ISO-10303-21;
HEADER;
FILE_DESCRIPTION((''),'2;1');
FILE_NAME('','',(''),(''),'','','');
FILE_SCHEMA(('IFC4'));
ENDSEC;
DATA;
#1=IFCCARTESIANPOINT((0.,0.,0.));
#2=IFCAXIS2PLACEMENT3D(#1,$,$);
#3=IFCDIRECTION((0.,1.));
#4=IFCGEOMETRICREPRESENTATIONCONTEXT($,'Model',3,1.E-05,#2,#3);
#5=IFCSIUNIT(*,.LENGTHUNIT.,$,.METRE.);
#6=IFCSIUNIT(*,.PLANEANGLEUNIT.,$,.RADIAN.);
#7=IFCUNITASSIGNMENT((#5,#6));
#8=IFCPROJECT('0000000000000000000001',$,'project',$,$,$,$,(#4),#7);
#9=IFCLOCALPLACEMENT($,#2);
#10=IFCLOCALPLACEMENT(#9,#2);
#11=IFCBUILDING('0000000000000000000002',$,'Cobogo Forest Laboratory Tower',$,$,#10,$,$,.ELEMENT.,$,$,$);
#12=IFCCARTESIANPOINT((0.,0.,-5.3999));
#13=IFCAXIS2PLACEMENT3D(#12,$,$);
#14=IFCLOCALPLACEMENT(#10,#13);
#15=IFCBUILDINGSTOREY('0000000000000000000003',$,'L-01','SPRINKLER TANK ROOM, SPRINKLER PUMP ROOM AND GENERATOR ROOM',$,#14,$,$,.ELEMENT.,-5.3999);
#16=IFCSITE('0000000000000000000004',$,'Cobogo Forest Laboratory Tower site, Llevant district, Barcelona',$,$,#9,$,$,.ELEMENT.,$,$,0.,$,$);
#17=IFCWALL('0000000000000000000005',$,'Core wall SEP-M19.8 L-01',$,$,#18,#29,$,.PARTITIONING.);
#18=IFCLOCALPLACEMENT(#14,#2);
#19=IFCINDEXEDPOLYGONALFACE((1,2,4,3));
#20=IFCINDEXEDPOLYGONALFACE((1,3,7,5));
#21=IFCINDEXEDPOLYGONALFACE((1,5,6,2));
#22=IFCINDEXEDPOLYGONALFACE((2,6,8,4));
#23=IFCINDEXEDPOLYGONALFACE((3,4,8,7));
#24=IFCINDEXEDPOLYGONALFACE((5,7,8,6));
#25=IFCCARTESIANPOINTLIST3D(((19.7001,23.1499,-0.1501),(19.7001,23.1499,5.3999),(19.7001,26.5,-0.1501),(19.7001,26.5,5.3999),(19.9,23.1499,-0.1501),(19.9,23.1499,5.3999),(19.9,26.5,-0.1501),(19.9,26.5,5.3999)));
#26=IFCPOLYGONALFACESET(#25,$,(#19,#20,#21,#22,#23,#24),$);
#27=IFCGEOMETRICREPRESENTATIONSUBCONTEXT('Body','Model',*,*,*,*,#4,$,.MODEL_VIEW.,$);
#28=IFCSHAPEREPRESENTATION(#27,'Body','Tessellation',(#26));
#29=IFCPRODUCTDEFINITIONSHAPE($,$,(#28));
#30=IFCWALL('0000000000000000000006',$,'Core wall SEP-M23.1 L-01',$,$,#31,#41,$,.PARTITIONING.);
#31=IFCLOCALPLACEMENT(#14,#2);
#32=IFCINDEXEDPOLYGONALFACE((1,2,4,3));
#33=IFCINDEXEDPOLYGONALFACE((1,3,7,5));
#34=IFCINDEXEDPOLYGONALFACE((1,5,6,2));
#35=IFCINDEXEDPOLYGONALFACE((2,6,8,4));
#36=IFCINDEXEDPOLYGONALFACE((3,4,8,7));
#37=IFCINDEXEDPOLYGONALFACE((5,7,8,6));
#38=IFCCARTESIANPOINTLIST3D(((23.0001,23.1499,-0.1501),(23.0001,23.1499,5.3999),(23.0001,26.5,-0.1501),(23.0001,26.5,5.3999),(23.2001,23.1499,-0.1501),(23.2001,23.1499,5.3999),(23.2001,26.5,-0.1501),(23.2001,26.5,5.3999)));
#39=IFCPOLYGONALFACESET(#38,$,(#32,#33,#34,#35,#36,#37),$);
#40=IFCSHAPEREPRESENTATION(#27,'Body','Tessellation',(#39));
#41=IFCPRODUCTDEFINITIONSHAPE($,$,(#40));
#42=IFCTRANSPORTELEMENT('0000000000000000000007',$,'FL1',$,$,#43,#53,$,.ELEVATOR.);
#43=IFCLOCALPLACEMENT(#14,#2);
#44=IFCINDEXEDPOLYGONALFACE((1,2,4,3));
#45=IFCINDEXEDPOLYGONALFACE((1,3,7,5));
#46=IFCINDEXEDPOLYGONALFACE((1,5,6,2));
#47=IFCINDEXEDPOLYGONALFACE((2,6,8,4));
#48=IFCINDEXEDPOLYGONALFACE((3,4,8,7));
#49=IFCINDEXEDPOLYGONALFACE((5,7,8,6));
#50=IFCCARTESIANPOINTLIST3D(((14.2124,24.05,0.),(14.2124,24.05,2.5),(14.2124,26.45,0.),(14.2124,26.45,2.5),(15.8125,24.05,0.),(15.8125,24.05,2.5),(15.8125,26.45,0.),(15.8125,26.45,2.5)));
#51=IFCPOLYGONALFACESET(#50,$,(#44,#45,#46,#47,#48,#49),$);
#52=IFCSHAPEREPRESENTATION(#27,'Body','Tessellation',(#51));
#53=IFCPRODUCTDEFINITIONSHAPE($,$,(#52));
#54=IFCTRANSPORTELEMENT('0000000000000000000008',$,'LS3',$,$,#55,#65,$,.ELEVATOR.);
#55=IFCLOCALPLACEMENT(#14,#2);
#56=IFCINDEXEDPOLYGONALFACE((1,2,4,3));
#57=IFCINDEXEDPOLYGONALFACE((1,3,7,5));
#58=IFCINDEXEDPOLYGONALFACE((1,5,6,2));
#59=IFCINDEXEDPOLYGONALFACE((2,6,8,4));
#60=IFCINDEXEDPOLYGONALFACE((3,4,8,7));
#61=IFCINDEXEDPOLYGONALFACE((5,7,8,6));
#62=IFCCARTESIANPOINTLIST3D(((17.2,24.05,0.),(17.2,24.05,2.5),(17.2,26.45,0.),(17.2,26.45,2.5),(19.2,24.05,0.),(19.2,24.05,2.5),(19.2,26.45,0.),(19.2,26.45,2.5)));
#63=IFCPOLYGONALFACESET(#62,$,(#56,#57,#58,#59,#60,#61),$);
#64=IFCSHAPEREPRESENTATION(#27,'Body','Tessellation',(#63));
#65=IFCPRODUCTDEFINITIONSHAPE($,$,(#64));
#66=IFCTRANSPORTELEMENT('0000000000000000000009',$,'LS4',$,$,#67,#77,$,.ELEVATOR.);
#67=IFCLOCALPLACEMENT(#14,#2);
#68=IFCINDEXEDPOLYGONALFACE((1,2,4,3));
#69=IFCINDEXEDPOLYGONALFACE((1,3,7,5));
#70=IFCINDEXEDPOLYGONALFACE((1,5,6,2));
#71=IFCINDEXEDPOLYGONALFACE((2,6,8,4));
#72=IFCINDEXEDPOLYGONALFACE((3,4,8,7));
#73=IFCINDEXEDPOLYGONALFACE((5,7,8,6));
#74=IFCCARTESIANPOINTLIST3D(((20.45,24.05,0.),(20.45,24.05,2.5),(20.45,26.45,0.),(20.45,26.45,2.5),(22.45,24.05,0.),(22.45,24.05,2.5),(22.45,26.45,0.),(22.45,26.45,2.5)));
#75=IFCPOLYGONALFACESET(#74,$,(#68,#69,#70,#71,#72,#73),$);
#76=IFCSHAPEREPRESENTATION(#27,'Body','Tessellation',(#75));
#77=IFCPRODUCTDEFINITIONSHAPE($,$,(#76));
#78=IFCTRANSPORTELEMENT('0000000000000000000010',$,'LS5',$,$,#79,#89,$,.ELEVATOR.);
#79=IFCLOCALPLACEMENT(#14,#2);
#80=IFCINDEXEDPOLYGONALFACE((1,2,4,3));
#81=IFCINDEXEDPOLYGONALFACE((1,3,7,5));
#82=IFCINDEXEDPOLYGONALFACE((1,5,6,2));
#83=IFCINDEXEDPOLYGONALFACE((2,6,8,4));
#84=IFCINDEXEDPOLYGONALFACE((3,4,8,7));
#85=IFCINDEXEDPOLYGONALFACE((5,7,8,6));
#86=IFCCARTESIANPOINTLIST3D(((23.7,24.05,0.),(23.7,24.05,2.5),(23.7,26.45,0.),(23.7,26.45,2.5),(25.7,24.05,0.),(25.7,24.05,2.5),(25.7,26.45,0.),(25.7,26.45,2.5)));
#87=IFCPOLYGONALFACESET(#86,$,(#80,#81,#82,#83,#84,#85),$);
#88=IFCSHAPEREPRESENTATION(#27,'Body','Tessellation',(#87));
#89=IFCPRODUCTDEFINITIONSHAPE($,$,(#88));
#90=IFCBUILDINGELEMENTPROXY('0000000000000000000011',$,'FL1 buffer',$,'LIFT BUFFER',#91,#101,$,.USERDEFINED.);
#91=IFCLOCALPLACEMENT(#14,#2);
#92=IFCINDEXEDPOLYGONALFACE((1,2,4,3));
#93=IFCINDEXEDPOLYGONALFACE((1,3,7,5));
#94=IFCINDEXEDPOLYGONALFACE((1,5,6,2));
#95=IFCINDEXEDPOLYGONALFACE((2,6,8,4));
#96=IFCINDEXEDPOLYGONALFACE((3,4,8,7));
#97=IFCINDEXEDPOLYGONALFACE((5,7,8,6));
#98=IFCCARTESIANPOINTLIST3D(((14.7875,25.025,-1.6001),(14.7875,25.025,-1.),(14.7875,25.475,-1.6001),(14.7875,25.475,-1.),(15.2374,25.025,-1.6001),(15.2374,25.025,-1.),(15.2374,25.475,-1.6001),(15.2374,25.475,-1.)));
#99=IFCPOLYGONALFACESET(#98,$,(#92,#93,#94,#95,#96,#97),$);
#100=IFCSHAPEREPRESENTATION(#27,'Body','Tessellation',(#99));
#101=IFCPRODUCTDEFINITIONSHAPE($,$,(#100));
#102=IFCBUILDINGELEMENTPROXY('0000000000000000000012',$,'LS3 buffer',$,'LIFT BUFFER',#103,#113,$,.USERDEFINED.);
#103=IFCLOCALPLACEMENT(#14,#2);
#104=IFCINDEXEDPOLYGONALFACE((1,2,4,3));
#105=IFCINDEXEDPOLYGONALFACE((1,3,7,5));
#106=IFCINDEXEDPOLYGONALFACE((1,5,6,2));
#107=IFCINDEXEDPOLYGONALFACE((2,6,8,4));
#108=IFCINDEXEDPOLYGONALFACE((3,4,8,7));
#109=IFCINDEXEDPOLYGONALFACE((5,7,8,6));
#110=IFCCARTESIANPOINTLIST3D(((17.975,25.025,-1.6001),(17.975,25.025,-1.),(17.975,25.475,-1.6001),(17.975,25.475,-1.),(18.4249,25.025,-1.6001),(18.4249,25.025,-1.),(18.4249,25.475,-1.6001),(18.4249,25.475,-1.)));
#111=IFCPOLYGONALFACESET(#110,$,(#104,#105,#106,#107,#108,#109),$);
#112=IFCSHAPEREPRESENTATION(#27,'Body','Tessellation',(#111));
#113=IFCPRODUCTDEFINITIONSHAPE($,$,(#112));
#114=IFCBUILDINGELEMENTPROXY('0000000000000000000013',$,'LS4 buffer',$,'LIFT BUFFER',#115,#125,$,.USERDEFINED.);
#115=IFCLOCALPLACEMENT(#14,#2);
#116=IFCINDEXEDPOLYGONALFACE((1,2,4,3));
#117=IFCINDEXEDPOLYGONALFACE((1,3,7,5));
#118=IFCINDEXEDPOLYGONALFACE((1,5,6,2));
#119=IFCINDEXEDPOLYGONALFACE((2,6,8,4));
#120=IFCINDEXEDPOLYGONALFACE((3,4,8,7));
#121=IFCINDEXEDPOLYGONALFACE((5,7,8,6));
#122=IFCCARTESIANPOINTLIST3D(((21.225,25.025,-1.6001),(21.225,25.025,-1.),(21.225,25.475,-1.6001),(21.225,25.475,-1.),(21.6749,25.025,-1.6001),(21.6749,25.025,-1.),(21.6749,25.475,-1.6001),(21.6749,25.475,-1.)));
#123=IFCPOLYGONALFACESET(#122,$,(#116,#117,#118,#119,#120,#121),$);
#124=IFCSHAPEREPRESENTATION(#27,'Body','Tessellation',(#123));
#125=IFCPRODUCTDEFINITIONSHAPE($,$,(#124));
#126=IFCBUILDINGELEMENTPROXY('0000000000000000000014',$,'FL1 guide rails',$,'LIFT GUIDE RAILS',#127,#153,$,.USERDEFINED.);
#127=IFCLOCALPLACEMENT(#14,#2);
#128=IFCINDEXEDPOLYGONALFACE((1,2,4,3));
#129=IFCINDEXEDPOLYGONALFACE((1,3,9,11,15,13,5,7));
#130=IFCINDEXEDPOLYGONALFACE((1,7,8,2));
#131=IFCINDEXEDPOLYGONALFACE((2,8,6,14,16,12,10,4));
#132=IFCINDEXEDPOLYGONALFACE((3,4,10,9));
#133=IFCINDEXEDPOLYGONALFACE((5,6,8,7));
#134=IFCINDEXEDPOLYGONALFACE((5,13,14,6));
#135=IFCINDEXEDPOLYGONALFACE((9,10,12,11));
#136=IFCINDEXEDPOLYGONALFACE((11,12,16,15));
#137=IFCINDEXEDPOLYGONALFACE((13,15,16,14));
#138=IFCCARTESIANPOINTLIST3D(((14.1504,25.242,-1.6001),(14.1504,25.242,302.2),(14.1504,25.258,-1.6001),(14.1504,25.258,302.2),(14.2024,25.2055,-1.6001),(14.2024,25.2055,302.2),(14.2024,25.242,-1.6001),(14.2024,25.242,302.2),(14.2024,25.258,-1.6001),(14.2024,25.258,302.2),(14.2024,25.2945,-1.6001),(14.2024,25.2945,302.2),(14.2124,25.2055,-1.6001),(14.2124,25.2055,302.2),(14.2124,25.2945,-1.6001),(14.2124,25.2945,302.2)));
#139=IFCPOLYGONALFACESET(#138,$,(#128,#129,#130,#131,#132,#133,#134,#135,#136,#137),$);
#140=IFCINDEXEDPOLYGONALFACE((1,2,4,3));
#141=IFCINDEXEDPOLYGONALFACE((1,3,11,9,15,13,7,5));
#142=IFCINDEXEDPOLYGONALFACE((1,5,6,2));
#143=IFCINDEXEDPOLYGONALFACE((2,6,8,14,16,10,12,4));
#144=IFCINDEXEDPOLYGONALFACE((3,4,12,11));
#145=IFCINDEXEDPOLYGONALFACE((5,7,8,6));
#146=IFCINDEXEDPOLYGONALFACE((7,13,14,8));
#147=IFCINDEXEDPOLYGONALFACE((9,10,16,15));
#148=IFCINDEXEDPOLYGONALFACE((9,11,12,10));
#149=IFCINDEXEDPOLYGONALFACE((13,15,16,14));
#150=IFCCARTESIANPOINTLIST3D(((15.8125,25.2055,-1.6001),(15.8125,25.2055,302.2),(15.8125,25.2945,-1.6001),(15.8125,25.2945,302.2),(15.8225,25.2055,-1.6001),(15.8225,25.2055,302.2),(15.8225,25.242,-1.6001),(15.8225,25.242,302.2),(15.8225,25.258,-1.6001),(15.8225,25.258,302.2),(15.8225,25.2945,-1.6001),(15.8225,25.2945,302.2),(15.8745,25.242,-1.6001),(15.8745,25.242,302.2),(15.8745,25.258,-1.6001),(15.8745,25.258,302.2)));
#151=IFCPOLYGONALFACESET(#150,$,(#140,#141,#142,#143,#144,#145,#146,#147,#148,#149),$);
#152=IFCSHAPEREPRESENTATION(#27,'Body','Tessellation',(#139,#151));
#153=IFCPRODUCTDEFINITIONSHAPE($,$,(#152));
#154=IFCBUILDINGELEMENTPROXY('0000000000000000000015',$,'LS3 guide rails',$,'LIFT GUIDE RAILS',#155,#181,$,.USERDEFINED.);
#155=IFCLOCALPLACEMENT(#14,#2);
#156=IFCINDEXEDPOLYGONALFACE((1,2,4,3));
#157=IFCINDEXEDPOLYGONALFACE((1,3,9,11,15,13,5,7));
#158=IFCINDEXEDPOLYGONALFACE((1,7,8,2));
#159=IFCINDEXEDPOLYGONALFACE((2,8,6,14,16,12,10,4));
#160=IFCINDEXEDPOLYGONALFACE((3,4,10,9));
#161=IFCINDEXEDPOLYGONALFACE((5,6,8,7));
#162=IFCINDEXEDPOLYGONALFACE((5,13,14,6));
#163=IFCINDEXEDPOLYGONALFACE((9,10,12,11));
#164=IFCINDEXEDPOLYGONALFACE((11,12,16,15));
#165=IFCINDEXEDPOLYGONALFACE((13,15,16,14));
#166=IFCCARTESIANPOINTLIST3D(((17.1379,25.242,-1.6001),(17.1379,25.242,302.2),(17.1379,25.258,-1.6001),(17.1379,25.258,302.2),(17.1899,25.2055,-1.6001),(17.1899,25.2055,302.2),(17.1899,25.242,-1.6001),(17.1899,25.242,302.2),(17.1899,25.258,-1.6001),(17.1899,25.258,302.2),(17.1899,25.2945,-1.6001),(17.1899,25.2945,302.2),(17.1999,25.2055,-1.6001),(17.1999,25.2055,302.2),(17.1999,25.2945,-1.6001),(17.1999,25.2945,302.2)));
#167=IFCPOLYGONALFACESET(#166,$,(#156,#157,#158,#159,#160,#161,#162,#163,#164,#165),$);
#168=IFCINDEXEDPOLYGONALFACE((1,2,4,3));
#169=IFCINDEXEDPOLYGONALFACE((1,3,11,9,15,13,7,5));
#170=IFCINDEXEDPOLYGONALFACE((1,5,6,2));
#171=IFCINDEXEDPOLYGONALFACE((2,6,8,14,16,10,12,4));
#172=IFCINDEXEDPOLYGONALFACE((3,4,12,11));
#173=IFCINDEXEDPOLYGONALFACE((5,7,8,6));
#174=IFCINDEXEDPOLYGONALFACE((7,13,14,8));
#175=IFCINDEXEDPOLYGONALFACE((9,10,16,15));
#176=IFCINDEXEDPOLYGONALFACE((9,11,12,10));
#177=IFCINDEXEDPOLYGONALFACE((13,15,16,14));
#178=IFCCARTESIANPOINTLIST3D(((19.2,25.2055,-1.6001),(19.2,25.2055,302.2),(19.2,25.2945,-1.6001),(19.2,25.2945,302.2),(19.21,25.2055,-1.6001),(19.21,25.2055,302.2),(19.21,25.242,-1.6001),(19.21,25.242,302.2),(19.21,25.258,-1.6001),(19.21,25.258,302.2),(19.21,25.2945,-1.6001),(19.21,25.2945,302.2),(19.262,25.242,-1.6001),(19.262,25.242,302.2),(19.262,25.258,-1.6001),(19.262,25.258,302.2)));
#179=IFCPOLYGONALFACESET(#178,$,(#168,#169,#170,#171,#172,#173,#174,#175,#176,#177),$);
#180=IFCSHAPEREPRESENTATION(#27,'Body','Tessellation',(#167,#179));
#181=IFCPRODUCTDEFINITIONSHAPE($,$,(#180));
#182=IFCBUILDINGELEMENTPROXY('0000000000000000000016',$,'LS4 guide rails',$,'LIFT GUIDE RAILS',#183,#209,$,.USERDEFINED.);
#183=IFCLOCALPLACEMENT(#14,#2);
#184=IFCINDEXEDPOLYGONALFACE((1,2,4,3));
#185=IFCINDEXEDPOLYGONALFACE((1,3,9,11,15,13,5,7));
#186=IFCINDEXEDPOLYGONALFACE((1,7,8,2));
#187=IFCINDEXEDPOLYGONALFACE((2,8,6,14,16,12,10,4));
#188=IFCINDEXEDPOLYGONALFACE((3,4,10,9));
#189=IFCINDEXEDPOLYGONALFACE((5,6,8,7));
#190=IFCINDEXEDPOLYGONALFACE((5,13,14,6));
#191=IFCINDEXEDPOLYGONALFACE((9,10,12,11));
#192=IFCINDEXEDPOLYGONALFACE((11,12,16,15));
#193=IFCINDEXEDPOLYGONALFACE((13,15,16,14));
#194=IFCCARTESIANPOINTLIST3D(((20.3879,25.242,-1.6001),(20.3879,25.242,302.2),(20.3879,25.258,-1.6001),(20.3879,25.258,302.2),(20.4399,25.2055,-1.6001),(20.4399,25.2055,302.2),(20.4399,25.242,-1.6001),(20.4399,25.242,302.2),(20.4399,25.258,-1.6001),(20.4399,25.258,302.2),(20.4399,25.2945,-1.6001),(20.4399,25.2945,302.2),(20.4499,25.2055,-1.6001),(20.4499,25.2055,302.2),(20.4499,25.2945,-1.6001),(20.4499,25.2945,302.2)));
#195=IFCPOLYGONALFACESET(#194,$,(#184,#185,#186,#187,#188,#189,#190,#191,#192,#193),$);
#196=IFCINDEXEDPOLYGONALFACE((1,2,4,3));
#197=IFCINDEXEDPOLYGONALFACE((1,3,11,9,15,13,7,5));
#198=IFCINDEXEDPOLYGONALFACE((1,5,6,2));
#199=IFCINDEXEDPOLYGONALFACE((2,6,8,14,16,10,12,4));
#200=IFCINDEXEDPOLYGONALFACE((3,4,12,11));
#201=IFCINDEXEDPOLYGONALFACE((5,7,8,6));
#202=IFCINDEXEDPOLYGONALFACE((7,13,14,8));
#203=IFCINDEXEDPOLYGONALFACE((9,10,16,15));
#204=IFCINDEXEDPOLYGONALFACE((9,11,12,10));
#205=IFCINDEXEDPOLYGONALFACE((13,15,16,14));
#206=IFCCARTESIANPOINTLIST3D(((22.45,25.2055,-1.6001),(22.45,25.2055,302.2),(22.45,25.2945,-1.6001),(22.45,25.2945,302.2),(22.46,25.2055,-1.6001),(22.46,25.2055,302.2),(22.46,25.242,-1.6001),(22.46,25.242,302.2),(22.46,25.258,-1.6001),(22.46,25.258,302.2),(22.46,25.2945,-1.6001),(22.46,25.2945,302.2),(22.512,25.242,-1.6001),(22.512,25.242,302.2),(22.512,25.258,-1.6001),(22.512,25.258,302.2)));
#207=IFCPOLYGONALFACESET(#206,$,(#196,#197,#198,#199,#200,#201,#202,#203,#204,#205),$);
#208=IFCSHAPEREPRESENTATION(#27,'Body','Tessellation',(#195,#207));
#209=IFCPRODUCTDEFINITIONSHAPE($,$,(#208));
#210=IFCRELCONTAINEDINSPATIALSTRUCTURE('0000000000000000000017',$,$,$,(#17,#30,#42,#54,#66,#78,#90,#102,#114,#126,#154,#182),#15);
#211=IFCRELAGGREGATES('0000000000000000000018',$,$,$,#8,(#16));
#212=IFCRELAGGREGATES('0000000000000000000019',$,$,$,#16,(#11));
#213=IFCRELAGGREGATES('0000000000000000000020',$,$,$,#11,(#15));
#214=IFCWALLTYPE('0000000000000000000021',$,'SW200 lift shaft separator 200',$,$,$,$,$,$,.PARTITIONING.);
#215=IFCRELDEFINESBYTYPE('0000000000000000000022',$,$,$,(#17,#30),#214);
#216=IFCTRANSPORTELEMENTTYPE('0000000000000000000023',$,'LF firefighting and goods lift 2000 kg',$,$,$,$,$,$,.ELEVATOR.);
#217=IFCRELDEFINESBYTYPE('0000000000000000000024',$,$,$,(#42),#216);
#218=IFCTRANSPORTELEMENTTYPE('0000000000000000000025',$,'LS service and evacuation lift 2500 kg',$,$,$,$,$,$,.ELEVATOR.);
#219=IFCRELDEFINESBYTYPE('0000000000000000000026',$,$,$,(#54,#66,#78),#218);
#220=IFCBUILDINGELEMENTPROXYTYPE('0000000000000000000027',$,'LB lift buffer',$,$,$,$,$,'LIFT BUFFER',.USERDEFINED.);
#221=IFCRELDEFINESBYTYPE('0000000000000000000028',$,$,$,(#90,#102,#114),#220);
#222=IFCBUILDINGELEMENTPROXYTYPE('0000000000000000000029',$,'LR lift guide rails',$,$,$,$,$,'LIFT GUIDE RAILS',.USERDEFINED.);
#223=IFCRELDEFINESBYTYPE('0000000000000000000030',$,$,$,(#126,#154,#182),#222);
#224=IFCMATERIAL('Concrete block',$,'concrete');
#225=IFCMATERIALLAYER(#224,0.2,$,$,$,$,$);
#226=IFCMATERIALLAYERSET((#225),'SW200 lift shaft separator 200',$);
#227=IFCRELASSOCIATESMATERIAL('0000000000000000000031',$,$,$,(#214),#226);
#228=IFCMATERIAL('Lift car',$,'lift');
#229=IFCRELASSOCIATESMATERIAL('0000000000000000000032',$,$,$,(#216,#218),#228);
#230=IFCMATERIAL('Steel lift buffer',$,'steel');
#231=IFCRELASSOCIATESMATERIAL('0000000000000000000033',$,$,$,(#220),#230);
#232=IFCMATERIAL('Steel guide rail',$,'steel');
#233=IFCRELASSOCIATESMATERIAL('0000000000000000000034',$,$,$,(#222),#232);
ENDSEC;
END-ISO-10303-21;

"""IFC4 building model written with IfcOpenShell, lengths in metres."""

from ifc_helpers import new_model, si_unit, direction, frame, frame_2d, origin, origin_2d, place, context, subcontext, project, spatial, rectangle, t_section, extrude, material, layer, layer_set, type_object, element, save


model = new_model("IFC4")

# Units and contexts
model_context = context("Model", 3, precision=1e-05, world=origin(), true_north=direction((0.0, 1.0)))
body_context = subcontext(model_context, "Body", "Model", "MODEL_VIEW")
ifc_project = project(units=[si_unit("LENGTHUNIT", "METRE"), si_unit("PLANEANGLEUNIT", "RADIAN")], contexts=[model_context])

# Site, building, storey
site_placement = place(None, origin())
site = spatial("IfcSite", under=ifc_project, at=site_placement, Name="Cobogo Forest Laboratory Tower site, Llevant district, Barcelona", CompositionType="ELEMENT", RefElevation=0.0)
building_placement = place(site_placement, origin())
building = spatial("IfcBuilding", under=site, at=building_placement, Name="Cobogo Forest Laboratory Tower", CompositionType="ELEMENT")
storey_placement = place(building_placement, frame((0.0, 0.0, -5.3999)))
storey = spatial("IfcBuildingStorey", under=building, at=storey_placement, Name="L-01", Description="SPRINKLER TANK ROOM, SPRINKLER PUMP ROOM AND GENERATOR ROOM", CompositionType="ELEMENT", Elevation=-5.3999)

# Walls
ifc_material_1 = material(Name="Concrete block", Category="concrete")
ifc_layer_1 = layer(ifc_material_1, 0.2)
ifc_layer_set_1 = layer_set([ifc_layer_1], Name="SW200 lift shaft separator 200")
wall_type_1 = type_object("IfcWallType", Name="SW200 lift shaft separator 200", PredefinedType="PARTITIONING", material=ifc_layer_set_1)
for number, where, z_axis, x_axis, name in (
    (1, (19.8, 23.1499, -0.1501), (0.0, 0.0, 1.0), (0.0, 1.0, 0.0), "Core wall SEP-M19.8 L-01"),
    (2, (23.1001, 23.1499, -0.1501), (0.0, 0.0, 1.0), (0.0, 1.0, 0.0), "Core wall SEP-M23.1 L-01"),
):
    element("IfcWall", number, at=place(storey_placement, frame(where, z_axis=z_axis, x_axis=x_axis)), inside=storey, type_object=wall_type_1, Name=name, PredefinedType="PARTITIONING", context=body_context, shape_type="SweptSolid", body=[
        extrude(rectangle(XDim=3.3501, YDim=0.2, at=frame_2d((1.675, 0.0))), origin(), (0.0, 0.0, 1.0), 5.55),
    ])

# Transport elements
ifc_material_2 = material(Name="Lift car", Category="lift")
transport_element_type_1 = type_object("IfcTransportElementType", Name="LF firefighting and goods lift 2000 kg", PredefinedType="ELEVATOR", material=ifc_material_2)
transport_element_placement = place(storey_placement, frame((15.0125, 25.25, 0.0), z_axis=(0.0, 0.0, 1.0), x_axis=(1.0, 0.0, 0.0)))
element("IfcTransportElement", 3, at=transport_element_placement, inside=storey, type_object=transport_element_type_1, Name="FL1", PredefinedType="ELEVATOR", context=body_context, shape_type="SweptSolid", body=[
    extrude(rectangle(XDim=1.6001, YDim=2.3999, at=origin_2d()), origin(), (0.0, 0.0, 1.0), 2.5),
])
transport_element_type_2 = type_object("IfcTransportElementType", Name="LS service and evacuation lift 2500 kg", PredefinedType="ELEVATOR", material=ifc_material_2)
for number, where, z_axis, x_axis, name in (
    (4, (18.2, 25.25, 0.0), (0.0, 0.0, 1.0), (1.0, 0.0, 0.0), "LS3"),
    (5, (21.45, 25.25, 0.0), (0.0, 0.0, 1.0), (1.0, 0.0, 0.0), "LS4"),
    (6, (24.7, 25.25, 0.0), (0.0, 0.0, 1.0), (1.0, 0.0, 0.0), "LS5"),
):
    element("IfcTransportElement", number, at=place(storey_placement, frame(where, z_axis=z_axis, x_axis=x_axis)), inside=storey, type_object=transport_element_type_2, Name=name, PredefinedType="ELEVATOR", context=body_context, shape_type="SweptSolid", body=[
        extrude(rectangle(XDim=2.0, YDim=2.3999, at=origin_2d()), origin(), (0.0, 0.0, 1.0), 2.5),
    ])

# Building element proxies
ifc_material_3 = material(Name="Steel lift buffer", Category="steel")
building_element_proxy_type_1 = type_object("IfcBuildingElementProxyType", Name="LB lift buffer", ElementType="LIFT BUFFER", PredefinedType="USERDEFINED", material=ifc_material_3)
for number, where, z_axis, x_axis, name in (
    (7, (15.0125, 25.25, -1.6001), (0.0, 0.0, 1.0), (1.0, 0.0, 0.0), "FL1 buffer"),
    (8, (18.2, 25.25, -1.6001), (0.0, 0.0, 1.0), (1.0, 0.0, 0.0), "LS3 buffer"),
    (9, (21.45, 25.25, -1.6001), (0.0, 0.0, 1.0), (1.0, 0.0, 0.0), "LS4 buffer"),
):
    element("IfcBuildingElementProxy", number, at=place(storey_placement, frame(where, z_axis=z_axis, x_axis=x_axis)), inside=storey, type_object=building_element_proxy_type_1, Name=name, ObjectType="LIFT BUFFER", PredefinedType="USERDEFINED", context=body_context, shape_type="SweptSolid", body=[
        extrude(rectangle(XDim=0.45, YDim=0.45, at=origin_2d()), origin(), (0.0, 0.0, 1.0), 0.6001),
    ])
ifc_material_4 = material(Name="Steel guide rail", Category="steel")
building_element_proxy_type_2 = type_object("IfcBuildingElementProxyType", Name="LR lift guide rails", ElementType="LIFT GUIDE RAILS", PredefinedType="USERDEFINED", material=ifc_material_4)
proxy_placement = place(storey_placement, frame((15.0125, 25.25, 0.0)))
element("IfcBuildingElementProxy", 10, at=proxy_placement, inside=storey, type_object=building_element_proxy_type_2, Name="FL1 guide rails", ObjectType="LIFT GUIDE RAILS", PredefinedType="USERDEFINED", context=body_context, shape_type="SweptSolid", body=[
    extrude(t_section(Depth=0.062, FlangeWidth=0.089, WebThickness=0.0159, FlangeThickness=0.01, at=origin_2d()), frame((-0.8311, 0.0, -1.6001), z_axis=(0.0, 0.0, 1.0), x_axis=(0.0, -1.0, 0.0)), (0.0, 0.0, 1.0), 303.8),
    extrude(t_section(Depth=0.062, FlangeWidth=0.089, WebThickness=0.0159, FlangeThickness=0.01, at=origin_2d()), frame((0.8311, 0.0, -1.6001), z_axis=(0.0, 0.0, 1.0), x_axis=(0.0, 1.0, 0.0)), (0.0, 0.0, 1.0), 303.8),
])
for number, where, name in (
    (11, (18.2, 25.25, 0.0), "LS3 guide rails"),
    (12, (21.45, 25.25, 0.0), "LS4 guide rails"),
):
    element("IfcBuildingElementProxy", number, at=place(storey_placement, frame(where)), inside=storey, type_object=building_element_proxy_type_2, Name=name, ObjectType="LIFT GUIDE RAILS", PredefinedType="USERDEFINED", context=body_context, shape_type="SweptSolid", body=[
        extrude(t_section(Depth=0.062, FlangeWidth=0.089, WebThickness=0.0159, FlangeThickness=0.01, at=origin_2d()), frame((-1.031, 0.0, -1.6001), z_axis=(0.0, 0.0, 1.0), x_axis=(0.0, -1.0, 0.0)), (0.0, 0.0, 1.0), 303.8),
        extrude(t_section(Depth=0.062, FlangeWidth=0.089, WebThickness=0.0159, FlangeThickness=0.01, at=origin_2d()), frame((1.031, 0.0, -1.6001), z_axis=(0.0, 0.0, 1.0), x_axis=(0.0, 1.0, 0.0)), (0.0, 0.0, 1.0), 303.8),
    ])

save(model, "model.ifc")
